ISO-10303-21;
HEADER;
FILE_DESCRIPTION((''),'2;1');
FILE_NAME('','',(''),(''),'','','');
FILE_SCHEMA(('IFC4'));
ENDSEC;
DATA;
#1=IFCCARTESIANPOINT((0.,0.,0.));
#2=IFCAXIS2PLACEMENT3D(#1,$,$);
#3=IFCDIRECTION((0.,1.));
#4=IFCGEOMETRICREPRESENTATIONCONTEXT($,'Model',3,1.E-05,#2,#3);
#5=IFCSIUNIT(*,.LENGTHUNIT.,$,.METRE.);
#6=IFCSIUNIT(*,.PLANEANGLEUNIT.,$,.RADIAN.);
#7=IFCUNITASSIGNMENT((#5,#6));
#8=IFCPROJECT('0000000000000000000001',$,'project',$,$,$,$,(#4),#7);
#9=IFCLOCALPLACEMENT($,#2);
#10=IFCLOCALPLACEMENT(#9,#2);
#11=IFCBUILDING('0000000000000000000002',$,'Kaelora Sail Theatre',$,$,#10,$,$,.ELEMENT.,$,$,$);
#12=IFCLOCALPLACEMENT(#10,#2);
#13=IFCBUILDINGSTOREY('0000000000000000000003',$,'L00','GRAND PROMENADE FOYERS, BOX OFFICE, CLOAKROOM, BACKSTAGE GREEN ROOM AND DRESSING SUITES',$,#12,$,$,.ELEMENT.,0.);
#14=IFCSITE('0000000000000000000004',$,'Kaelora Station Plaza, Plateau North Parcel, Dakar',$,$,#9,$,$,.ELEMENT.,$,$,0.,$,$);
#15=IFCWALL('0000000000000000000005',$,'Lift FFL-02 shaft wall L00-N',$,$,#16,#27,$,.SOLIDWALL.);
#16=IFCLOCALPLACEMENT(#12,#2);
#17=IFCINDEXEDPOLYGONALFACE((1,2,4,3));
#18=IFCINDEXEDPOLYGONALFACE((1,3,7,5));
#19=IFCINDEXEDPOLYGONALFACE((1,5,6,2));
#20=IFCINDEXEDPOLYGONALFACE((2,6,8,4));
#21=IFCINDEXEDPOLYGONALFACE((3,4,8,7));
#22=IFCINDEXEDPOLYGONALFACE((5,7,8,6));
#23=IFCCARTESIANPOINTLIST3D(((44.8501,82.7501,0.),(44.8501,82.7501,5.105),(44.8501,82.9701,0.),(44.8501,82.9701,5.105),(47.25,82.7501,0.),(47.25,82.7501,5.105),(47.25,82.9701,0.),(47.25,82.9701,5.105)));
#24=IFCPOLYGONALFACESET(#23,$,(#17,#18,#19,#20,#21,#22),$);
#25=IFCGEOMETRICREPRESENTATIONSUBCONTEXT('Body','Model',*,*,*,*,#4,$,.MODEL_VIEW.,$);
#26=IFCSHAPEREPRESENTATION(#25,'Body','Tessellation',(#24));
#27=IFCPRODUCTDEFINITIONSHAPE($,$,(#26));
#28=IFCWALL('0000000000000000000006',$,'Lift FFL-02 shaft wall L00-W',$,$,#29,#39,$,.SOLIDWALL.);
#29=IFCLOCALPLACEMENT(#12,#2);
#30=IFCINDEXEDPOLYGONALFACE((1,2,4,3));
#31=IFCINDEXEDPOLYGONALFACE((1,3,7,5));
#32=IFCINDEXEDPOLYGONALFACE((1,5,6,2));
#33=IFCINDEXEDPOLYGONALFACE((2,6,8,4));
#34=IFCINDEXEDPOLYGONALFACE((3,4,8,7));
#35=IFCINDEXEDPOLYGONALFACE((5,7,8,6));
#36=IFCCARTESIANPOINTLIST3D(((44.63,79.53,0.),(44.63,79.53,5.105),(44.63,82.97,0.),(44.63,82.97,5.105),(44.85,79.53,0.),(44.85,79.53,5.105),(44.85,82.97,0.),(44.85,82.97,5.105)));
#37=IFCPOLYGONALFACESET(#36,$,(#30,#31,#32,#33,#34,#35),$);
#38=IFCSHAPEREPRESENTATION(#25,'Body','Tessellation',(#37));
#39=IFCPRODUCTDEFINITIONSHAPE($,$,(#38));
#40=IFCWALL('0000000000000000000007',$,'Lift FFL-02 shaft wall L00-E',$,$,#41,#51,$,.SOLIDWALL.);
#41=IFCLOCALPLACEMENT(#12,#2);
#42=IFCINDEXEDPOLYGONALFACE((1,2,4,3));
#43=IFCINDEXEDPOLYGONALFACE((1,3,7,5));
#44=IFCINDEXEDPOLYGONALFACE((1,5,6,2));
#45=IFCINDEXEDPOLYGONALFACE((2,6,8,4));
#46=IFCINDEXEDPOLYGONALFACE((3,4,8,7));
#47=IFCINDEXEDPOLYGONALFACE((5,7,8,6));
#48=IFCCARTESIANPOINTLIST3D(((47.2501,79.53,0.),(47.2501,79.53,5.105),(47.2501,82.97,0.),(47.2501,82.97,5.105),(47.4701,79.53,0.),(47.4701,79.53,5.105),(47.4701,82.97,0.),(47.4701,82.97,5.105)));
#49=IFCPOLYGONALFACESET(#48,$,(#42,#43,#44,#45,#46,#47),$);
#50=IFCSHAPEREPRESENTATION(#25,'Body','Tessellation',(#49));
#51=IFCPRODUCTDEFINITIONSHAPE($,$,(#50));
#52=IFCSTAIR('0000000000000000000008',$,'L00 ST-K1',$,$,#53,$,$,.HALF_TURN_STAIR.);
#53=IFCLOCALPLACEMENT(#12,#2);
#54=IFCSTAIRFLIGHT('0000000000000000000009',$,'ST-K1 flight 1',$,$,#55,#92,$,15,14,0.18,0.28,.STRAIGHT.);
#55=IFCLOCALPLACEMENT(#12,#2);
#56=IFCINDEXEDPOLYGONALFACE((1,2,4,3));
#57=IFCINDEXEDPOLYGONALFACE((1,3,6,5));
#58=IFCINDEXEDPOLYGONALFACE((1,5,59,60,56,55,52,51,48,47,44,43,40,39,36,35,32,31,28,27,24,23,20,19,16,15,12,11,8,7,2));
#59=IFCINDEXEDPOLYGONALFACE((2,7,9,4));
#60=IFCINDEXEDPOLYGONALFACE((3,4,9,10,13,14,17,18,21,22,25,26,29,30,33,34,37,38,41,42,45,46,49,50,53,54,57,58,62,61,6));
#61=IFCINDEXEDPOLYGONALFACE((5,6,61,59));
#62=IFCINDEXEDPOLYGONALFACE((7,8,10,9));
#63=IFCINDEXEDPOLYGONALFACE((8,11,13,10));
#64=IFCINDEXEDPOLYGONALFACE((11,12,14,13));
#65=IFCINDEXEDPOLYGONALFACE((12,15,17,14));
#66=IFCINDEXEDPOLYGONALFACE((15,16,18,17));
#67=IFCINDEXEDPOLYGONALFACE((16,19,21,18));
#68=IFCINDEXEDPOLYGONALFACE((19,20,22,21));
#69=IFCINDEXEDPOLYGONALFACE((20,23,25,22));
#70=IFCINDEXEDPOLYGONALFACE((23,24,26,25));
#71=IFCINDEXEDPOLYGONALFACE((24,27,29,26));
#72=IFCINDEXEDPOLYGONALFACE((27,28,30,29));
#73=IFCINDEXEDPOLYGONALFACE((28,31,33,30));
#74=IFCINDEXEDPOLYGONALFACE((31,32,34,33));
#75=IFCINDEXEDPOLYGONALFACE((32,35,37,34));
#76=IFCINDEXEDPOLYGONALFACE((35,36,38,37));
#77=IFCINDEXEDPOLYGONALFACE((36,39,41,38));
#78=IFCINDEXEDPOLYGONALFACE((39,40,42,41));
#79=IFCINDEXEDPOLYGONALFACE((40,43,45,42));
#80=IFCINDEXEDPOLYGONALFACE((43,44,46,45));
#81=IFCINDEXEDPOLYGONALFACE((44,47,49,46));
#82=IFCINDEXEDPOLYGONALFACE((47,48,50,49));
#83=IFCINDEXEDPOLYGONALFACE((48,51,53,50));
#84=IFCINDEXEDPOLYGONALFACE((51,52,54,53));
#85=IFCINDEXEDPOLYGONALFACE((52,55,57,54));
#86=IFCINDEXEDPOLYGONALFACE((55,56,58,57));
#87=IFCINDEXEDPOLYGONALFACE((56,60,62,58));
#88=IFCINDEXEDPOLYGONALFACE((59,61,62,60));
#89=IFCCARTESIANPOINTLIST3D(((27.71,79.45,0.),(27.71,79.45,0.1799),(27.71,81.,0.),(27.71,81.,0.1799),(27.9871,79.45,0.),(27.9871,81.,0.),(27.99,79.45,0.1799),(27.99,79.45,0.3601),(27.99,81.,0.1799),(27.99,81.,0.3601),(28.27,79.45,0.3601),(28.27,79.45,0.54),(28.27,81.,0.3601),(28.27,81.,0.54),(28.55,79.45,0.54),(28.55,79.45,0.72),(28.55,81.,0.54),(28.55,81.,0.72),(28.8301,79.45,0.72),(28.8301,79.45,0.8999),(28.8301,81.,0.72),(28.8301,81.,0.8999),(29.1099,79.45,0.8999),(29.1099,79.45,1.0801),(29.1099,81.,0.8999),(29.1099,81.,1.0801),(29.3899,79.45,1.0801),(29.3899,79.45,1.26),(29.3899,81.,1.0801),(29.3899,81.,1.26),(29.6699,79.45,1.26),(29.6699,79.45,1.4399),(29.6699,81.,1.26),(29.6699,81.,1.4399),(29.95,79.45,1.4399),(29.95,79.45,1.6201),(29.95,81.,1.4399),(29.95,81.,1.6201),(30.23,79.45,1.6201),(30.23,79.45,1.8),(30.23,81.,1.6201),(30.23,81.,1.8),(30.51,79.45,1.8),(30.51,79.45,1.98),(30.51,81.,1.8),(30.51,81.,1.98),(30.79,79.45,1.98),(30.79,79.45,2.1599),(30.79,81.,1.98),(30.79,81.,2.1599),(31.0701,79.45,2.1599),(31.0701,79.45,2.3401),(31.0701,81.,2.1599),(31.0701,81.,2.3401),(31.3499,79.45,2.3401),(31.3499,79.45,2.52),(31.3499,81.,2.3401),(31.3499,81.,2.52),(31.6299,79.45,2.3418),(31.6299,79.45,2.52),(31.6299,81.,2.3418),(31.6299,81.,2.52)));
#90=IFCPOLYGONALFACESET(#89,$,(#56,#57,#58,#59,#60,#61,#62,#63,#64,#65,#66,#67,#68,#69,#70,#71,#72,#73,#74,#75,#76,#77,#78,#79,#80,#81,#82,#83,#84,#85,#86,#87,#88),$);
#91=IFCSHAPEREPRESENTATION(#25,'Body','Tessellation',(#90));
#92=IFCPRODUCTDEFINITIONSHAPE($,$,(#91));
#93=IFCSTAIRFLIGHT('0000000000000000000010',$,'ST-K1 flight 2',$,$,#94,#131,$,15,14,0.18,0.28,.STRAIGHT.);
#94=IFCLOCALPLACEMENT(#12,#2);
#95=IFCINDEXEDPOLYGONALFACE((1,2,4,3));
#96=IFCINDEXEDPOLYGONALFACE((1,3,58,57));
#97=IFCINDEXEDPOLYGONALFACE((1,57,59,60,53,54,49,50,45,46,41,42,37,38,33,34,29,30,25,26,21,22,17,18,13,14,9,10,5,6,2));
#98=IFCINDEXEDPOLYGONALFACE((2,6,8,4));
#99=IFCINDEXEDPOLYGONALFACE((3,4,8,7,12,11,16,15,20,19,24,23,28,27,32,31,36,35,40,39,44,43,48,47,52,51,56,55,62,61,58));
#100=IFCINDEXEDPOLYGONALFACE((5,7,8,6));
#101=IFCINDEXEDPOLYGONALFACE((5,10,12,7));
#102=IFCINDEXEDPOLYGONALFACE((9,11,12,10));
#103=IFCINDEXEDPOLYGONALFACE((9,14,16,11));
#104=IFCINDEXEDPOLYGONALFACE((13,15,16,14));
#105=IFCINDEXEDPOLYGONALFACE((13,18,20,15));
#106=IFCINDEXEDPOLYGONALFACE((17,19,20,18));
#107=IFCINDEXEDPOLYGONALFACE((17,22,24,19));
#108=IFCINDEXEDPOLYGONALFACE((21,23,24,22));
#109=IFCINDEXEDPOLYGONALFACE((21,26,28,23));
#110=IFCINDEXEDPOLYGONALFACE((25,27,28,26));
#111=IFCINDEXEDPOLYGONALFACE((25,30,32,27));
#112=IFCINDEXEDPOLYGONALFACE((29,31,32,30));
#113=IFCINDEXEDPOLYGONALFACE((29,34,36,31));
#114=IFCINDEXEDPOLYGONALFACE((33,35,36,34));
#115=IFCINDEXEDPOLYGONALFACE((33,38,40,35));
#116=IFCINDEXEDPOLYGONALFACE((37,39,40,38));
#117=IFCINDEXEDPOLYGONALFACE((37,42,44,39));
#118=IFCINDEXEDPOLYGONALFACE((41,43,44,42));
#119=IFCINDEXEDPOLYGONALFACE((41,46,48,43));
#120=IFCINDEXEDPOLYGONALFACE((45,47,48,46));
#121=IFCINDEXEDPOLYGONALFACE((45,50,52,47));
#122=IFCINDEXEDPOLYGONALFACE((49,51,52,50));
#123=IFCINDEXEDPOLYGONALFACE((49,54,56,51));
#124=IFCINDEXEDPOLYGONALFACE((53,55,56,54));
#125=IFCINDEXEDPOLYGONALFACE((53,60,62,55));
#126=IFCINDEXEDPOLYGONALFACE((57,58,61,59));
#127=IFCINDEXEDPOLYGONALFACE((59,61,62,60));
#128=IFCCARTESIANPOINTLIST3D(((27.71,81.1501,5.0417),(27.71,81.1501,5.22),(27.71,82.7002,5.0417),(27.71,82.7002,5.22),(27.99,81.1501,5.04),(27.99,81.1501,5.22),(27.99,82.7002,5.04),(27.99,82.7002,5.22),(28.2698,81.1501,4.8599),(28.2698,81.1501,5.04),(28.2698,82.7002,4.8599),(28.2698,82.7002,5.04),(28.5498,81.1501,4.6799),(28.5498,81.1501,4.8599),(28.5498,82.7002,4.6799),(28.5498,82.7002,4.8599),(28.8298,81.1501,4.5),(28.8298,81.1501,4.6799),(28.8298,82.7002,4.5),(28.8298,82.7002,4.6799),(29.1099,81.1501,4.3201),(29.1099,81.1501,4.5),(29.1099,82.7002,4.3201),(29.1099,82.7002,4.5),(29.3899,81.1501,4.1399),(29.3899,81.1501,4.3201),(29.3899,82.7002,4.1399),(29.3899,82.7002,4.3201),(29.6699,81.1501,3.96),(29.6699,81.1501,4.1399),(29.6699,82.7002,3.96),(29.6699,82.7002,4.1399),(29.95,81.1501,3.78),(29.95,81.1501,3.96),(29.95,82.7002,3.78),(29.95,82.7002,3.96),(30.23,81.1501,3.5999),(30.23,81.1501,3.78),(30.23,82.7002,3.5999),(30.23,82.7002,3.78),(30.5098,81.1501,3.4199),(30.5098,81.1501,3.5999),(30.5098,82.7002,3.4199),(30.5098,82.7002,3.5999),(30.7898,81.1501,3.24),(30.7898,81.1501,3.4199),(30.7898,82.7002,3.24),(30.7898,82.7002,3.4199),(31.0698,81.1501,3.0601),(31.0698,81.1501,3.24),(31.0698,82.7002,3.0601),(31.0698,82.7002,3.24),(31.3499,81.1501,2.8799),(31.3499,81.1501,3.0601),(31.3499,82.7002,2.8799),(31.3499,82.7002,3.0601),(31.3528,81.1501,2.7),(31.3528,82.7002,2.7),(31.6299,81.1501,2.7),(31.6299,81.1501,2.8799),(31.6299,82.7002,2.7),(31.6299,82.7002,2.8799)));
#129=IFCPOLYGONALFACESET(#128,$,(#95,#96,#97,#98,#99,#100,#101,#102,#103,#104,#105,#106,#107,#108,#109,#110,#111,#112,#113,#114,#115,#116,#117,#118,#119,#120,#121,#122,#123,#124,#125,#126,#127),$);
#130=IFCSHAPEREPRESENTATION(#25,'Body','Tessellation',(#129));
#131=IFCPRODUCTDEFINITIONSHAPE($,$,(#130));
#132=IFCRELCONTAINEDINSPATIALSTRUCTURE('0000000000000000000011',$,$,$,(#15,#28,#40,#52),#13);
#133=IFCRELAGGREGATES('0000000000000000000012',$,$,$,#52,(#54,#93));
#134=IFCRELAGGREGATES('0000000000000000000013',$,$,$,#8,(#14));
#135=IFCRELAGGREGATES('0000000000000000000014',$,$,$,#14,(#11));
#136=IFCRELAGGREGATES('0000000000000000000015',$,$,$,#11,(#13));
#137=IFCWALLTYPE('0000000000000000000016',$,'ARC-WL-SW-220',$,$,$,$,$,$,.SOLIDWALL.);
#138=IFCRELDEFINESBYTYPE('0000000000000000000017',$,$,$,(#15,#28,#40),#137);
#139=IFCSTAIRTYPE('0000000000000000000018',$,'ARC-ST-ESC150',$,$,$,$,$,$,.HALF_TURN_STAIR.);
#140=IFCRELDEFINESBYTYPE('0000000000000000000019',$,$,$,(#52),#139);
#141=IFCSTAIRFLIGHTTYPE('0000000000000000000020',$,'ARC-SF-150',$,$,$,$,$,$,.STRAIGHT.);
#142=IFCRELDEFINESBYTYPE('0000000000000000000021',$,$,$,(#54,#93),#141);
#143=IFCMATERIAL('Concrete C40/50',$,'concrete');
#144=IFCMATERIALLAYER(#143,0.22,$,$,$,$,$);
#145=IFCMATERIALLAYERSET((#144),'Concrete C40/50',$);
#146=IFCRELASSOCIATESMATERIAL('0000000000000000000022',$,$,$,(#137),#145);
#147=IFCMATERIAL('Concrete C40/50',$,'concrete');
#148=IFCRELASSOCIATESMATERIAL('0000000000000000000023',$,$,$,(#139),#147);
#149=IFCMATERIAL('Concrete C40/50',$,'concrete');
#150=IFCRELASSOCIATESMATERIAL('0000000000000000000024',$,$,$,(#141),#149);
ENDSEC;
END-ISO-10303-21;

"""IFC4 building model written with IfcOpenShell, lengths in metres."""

from ifc_helpers import new_model, si_unit, direction, frame, frame_2d, origin, place, context, subcontext, project, spatial, polyline, rectangle, outline, extrude, material, layer, layer_set, type_object, element, aggregate, save


model = new_model("IFC4")

# Units and contexts
model_context = context("Model", 3, precision=1e-05, world=origin(), true_north=direction((0.0, 1.0)))
body_context = subcontext(model_context, "Body", "Model", "MODEL_VIEW")
ifc_project = project(units=[si_unit("LENGTHUNIT", "METRE"), si_unit("PLANEANGLEUNIT", "RADIAN")], contexts=[model_context])

# Site, building, storey
site_placement = place(None, origin())
site = spatial("IfcSite", under=ifc_project, at=site_placement, Name="Kaelora Station Plaza, Plateau North Parcel, Dakar", CompositionType="ELEMENT", RefElevation=0.0)
building_placement = place(site_placement, origin())
building = spatial("IfcBuilding", under=site, at=building_placement, Name="Kaelora Sail Theatre", CompositionType="ELEMENT")
storey_placement = place(building_placement, origin())
storey = spatial("IfcBuildingStorey", under=building, at=storey_placement, Name="L00", Description="GRAND PROMENADE FOYERS, BOX OFFICE, CLOAKROOM, BACKSTAGE GREEN ROOM AND DRESSING SUITES", CompositionType="ELEMENT", Elevation=0.0)

# Shared definitions
ifc_material_1 = material(Name="Concrete C40/50", Category="concrete")
ifc_layer_1 = layer(ifc_material_1, 0.22)
ifc_layer_set_1 = layer_set([ifc_layer_1], Name="Concrete C40/50")
wall_type_1 = type_object("IfcWallType", Name="ARC-WL-SW-220", PredefinedType="SOLIDWALL", material=ifc_layer_set_1)

# Walls
wall_1_placement = place(storey_placement, frame((44.8501, 82.8601, 0.0), z_axis=(0.0, 0.0, 1.0), x_axis=(1.0, 0.0, 0.0)))
element("IfcWall", 1, at=wall_1_placement, inside=storey, type_object=wall_type_1, Name="Lift FFL-02 shaft wall L00-N", PredefinedType="SOLIDWALL", context=body_context, shape_type="SweptSolid", body=[
    extrude(rectangle(XDim=2.3999, YDim=0.22, at=frame_2d((1.2, 0.0))), origin(), (0.0, 0.0, 1.0), 5.105),
])
for number, where, z_axis, x_axis, name in (
    (2, (44.74, 79.53, 0.0), (0.0, 0.0, 1.0), (0.0, 1.0, 0.0), "Lift FFL-02 shaft wall L00-W"),
    (3, (47.3601, 79.53, 0.0), (0.0, 0.0, 1.0), (0.0, 1.0, 0.0), "Lift FFL-02 shaft wall L00-E"),
):
    element("IfcWall", number, at=place(storey_placement, frame(where, z_axis=z_axis, x_axis=x_axis)), inside=storey, type_object=wall_type_1, Name=name, PredefinedType="SOLIDWALL", context=body_context, shape_type="SweptSolid", body=[
        extrude(rectangle(XDim=3.4399, YDim=0.22, at=frame_2d((1.72, 0.0))), origin(), (0.0, 0.0, 1.0), 5.105),
    ])

# Stair, stair flights
ifc_material_2 = material(Name="Concrete C40/50", Category="concrete")
stair_type = type_object("IfcStairType", Name="ARC-ST-ESC150", PredefinedType="HALF_TURN_STAIR", material=ifc_material_2)
stair_placement = place(storey_placement, origin())
stair = element("IfcStair", 4, at=stair_placement, inside=storey, type_object=stair_type, Name="L00 ST-K1", PredefinedType="HALF_TURN_STAIR")
ifc_material_3 = material(Name="Concrete C40/50", Category="concrete")
stair_flight_type = type_object("IfcStairFlightType", Name="ARC-SF-150", PredefinedType="STRAIGHT", material=ifc_material_3)
stair_flight_1_placement = place(storey_placement, frame((27.71, 80.2251, 0.0), z_axis=(0.0, 0.0, 1.0), x_axis=(1.0, 0.0, 0.0)))
stair_flight_1 = element("IfcStairFlight", 5, at=stair_flight_1_placement, type_object=stair_flight_type, Name="ST-K1 flight 1", NumberOfRisers=15, NumberOfTreads=14, PredefinedType="STRAIGHT", RiserHeight=0.18, TreadLength=0.28, context=body_context, shape_type="SweptSolid", body=[
    extrude(outline(polyline([(0.0, 0.0), (0.0, 0.1799), (0.28, 0.1799), (0.28, 0.3601), (0.5601, 0.3601), (0.5601, 0.54), (0.8401, 0.54), (0.8401, 0.72), (1.1201, 0.72), (1.1201, 0.8999), (1.3999, 0.8999), (1.3999, 1.0801), (1.6799, 1.0801), (1.6799, 1.26), (1.96, 1.26), (1.96, 1.4399), (2.24, 1.4399), (2.24, 1.6201), (2.52, 1.6201), (2.52, 1.8), (2.8, 1.8), (2.8, 1.98), (3.0801, 1.98), (3.0801, 2.1599), (3.3601, 2.1599), (3.3601, 2.3401), (3.6399, 2.3401), (3.6399, 2.52), (3.9199, 2.52), (3.9199, 2.7), (3.9199, 2.3418), (0.2771, 0.0), (0.0, 0.0)])), frame((0.0, 0.7749, 0.0), z_axis=(0.0, -1.0, 0.0), x_axis=(1.0, 0.0, 0.0)), (0.0, 0.0, 1.0), 1.55),
])
stair_flight_2_placement = place(storey_placement, frame((31.6299, 81.925, 2.7), z_axis=(0.0, 0.0, 1.0), x_axis=(-1.0, 0.0, 0.0)))
stair_flight_2 = element("IfcStairFlight", 6, at=stair_flight_2_placement, type_object=stair_flight_type, Name="ST-K1 flight 2", NumberOfRisers=15, NumberOfTreads=14, PredefinedType="STRAIGHT", RiserHeight=0.18, TreadLength=0.28, context=body_context, shape_type="SweptSolid", body=[
    extrude(outline(polyline([(0.0, 0.0), (0.0, 0.1799), (0.28, 0.1799), (0.28, 0.3601), (0.5601, 0.3601), (0.5601, 0.54), (0.8401, 0.54), (0.8401, 0.72), (1.1201, 0.72), (1.1201, 0.8999), (1.3999, 0.8999), (1.3999, 1.0801), (1.6799, 1.0801), (1.6799, 1.26), (1.96, 1.26), (1.96, 1.4399), (2.24, 1.4399), (2.24, 1.6201), (2.52, 1.6201), (2.52, 1.8), (2.8, 1.8), (2.8, 1.98), (3.0801, 1.98), (3.0801, 2.1599), (3.3601, 2.1599), (3.3601, 2.3401), (3.6399, 2.3401), (3.6399, 2.52), (3.9199, 2.52), (3.9199, 2.7), (3.9199, 2.3418), (0.2771, 0.0), (0.0, 0.0)])), frame((0.0, 0.7749, 0.0), z_axis=(0.0, -1.0, 0.0), x_axis=(1.0, 0.0, 0.0)), (0.0, 0.0, 1.0), 1.55),
])
aggregate(stair, [stair_flight_1, stair_flight_2])

save(model, "model.ifc")
